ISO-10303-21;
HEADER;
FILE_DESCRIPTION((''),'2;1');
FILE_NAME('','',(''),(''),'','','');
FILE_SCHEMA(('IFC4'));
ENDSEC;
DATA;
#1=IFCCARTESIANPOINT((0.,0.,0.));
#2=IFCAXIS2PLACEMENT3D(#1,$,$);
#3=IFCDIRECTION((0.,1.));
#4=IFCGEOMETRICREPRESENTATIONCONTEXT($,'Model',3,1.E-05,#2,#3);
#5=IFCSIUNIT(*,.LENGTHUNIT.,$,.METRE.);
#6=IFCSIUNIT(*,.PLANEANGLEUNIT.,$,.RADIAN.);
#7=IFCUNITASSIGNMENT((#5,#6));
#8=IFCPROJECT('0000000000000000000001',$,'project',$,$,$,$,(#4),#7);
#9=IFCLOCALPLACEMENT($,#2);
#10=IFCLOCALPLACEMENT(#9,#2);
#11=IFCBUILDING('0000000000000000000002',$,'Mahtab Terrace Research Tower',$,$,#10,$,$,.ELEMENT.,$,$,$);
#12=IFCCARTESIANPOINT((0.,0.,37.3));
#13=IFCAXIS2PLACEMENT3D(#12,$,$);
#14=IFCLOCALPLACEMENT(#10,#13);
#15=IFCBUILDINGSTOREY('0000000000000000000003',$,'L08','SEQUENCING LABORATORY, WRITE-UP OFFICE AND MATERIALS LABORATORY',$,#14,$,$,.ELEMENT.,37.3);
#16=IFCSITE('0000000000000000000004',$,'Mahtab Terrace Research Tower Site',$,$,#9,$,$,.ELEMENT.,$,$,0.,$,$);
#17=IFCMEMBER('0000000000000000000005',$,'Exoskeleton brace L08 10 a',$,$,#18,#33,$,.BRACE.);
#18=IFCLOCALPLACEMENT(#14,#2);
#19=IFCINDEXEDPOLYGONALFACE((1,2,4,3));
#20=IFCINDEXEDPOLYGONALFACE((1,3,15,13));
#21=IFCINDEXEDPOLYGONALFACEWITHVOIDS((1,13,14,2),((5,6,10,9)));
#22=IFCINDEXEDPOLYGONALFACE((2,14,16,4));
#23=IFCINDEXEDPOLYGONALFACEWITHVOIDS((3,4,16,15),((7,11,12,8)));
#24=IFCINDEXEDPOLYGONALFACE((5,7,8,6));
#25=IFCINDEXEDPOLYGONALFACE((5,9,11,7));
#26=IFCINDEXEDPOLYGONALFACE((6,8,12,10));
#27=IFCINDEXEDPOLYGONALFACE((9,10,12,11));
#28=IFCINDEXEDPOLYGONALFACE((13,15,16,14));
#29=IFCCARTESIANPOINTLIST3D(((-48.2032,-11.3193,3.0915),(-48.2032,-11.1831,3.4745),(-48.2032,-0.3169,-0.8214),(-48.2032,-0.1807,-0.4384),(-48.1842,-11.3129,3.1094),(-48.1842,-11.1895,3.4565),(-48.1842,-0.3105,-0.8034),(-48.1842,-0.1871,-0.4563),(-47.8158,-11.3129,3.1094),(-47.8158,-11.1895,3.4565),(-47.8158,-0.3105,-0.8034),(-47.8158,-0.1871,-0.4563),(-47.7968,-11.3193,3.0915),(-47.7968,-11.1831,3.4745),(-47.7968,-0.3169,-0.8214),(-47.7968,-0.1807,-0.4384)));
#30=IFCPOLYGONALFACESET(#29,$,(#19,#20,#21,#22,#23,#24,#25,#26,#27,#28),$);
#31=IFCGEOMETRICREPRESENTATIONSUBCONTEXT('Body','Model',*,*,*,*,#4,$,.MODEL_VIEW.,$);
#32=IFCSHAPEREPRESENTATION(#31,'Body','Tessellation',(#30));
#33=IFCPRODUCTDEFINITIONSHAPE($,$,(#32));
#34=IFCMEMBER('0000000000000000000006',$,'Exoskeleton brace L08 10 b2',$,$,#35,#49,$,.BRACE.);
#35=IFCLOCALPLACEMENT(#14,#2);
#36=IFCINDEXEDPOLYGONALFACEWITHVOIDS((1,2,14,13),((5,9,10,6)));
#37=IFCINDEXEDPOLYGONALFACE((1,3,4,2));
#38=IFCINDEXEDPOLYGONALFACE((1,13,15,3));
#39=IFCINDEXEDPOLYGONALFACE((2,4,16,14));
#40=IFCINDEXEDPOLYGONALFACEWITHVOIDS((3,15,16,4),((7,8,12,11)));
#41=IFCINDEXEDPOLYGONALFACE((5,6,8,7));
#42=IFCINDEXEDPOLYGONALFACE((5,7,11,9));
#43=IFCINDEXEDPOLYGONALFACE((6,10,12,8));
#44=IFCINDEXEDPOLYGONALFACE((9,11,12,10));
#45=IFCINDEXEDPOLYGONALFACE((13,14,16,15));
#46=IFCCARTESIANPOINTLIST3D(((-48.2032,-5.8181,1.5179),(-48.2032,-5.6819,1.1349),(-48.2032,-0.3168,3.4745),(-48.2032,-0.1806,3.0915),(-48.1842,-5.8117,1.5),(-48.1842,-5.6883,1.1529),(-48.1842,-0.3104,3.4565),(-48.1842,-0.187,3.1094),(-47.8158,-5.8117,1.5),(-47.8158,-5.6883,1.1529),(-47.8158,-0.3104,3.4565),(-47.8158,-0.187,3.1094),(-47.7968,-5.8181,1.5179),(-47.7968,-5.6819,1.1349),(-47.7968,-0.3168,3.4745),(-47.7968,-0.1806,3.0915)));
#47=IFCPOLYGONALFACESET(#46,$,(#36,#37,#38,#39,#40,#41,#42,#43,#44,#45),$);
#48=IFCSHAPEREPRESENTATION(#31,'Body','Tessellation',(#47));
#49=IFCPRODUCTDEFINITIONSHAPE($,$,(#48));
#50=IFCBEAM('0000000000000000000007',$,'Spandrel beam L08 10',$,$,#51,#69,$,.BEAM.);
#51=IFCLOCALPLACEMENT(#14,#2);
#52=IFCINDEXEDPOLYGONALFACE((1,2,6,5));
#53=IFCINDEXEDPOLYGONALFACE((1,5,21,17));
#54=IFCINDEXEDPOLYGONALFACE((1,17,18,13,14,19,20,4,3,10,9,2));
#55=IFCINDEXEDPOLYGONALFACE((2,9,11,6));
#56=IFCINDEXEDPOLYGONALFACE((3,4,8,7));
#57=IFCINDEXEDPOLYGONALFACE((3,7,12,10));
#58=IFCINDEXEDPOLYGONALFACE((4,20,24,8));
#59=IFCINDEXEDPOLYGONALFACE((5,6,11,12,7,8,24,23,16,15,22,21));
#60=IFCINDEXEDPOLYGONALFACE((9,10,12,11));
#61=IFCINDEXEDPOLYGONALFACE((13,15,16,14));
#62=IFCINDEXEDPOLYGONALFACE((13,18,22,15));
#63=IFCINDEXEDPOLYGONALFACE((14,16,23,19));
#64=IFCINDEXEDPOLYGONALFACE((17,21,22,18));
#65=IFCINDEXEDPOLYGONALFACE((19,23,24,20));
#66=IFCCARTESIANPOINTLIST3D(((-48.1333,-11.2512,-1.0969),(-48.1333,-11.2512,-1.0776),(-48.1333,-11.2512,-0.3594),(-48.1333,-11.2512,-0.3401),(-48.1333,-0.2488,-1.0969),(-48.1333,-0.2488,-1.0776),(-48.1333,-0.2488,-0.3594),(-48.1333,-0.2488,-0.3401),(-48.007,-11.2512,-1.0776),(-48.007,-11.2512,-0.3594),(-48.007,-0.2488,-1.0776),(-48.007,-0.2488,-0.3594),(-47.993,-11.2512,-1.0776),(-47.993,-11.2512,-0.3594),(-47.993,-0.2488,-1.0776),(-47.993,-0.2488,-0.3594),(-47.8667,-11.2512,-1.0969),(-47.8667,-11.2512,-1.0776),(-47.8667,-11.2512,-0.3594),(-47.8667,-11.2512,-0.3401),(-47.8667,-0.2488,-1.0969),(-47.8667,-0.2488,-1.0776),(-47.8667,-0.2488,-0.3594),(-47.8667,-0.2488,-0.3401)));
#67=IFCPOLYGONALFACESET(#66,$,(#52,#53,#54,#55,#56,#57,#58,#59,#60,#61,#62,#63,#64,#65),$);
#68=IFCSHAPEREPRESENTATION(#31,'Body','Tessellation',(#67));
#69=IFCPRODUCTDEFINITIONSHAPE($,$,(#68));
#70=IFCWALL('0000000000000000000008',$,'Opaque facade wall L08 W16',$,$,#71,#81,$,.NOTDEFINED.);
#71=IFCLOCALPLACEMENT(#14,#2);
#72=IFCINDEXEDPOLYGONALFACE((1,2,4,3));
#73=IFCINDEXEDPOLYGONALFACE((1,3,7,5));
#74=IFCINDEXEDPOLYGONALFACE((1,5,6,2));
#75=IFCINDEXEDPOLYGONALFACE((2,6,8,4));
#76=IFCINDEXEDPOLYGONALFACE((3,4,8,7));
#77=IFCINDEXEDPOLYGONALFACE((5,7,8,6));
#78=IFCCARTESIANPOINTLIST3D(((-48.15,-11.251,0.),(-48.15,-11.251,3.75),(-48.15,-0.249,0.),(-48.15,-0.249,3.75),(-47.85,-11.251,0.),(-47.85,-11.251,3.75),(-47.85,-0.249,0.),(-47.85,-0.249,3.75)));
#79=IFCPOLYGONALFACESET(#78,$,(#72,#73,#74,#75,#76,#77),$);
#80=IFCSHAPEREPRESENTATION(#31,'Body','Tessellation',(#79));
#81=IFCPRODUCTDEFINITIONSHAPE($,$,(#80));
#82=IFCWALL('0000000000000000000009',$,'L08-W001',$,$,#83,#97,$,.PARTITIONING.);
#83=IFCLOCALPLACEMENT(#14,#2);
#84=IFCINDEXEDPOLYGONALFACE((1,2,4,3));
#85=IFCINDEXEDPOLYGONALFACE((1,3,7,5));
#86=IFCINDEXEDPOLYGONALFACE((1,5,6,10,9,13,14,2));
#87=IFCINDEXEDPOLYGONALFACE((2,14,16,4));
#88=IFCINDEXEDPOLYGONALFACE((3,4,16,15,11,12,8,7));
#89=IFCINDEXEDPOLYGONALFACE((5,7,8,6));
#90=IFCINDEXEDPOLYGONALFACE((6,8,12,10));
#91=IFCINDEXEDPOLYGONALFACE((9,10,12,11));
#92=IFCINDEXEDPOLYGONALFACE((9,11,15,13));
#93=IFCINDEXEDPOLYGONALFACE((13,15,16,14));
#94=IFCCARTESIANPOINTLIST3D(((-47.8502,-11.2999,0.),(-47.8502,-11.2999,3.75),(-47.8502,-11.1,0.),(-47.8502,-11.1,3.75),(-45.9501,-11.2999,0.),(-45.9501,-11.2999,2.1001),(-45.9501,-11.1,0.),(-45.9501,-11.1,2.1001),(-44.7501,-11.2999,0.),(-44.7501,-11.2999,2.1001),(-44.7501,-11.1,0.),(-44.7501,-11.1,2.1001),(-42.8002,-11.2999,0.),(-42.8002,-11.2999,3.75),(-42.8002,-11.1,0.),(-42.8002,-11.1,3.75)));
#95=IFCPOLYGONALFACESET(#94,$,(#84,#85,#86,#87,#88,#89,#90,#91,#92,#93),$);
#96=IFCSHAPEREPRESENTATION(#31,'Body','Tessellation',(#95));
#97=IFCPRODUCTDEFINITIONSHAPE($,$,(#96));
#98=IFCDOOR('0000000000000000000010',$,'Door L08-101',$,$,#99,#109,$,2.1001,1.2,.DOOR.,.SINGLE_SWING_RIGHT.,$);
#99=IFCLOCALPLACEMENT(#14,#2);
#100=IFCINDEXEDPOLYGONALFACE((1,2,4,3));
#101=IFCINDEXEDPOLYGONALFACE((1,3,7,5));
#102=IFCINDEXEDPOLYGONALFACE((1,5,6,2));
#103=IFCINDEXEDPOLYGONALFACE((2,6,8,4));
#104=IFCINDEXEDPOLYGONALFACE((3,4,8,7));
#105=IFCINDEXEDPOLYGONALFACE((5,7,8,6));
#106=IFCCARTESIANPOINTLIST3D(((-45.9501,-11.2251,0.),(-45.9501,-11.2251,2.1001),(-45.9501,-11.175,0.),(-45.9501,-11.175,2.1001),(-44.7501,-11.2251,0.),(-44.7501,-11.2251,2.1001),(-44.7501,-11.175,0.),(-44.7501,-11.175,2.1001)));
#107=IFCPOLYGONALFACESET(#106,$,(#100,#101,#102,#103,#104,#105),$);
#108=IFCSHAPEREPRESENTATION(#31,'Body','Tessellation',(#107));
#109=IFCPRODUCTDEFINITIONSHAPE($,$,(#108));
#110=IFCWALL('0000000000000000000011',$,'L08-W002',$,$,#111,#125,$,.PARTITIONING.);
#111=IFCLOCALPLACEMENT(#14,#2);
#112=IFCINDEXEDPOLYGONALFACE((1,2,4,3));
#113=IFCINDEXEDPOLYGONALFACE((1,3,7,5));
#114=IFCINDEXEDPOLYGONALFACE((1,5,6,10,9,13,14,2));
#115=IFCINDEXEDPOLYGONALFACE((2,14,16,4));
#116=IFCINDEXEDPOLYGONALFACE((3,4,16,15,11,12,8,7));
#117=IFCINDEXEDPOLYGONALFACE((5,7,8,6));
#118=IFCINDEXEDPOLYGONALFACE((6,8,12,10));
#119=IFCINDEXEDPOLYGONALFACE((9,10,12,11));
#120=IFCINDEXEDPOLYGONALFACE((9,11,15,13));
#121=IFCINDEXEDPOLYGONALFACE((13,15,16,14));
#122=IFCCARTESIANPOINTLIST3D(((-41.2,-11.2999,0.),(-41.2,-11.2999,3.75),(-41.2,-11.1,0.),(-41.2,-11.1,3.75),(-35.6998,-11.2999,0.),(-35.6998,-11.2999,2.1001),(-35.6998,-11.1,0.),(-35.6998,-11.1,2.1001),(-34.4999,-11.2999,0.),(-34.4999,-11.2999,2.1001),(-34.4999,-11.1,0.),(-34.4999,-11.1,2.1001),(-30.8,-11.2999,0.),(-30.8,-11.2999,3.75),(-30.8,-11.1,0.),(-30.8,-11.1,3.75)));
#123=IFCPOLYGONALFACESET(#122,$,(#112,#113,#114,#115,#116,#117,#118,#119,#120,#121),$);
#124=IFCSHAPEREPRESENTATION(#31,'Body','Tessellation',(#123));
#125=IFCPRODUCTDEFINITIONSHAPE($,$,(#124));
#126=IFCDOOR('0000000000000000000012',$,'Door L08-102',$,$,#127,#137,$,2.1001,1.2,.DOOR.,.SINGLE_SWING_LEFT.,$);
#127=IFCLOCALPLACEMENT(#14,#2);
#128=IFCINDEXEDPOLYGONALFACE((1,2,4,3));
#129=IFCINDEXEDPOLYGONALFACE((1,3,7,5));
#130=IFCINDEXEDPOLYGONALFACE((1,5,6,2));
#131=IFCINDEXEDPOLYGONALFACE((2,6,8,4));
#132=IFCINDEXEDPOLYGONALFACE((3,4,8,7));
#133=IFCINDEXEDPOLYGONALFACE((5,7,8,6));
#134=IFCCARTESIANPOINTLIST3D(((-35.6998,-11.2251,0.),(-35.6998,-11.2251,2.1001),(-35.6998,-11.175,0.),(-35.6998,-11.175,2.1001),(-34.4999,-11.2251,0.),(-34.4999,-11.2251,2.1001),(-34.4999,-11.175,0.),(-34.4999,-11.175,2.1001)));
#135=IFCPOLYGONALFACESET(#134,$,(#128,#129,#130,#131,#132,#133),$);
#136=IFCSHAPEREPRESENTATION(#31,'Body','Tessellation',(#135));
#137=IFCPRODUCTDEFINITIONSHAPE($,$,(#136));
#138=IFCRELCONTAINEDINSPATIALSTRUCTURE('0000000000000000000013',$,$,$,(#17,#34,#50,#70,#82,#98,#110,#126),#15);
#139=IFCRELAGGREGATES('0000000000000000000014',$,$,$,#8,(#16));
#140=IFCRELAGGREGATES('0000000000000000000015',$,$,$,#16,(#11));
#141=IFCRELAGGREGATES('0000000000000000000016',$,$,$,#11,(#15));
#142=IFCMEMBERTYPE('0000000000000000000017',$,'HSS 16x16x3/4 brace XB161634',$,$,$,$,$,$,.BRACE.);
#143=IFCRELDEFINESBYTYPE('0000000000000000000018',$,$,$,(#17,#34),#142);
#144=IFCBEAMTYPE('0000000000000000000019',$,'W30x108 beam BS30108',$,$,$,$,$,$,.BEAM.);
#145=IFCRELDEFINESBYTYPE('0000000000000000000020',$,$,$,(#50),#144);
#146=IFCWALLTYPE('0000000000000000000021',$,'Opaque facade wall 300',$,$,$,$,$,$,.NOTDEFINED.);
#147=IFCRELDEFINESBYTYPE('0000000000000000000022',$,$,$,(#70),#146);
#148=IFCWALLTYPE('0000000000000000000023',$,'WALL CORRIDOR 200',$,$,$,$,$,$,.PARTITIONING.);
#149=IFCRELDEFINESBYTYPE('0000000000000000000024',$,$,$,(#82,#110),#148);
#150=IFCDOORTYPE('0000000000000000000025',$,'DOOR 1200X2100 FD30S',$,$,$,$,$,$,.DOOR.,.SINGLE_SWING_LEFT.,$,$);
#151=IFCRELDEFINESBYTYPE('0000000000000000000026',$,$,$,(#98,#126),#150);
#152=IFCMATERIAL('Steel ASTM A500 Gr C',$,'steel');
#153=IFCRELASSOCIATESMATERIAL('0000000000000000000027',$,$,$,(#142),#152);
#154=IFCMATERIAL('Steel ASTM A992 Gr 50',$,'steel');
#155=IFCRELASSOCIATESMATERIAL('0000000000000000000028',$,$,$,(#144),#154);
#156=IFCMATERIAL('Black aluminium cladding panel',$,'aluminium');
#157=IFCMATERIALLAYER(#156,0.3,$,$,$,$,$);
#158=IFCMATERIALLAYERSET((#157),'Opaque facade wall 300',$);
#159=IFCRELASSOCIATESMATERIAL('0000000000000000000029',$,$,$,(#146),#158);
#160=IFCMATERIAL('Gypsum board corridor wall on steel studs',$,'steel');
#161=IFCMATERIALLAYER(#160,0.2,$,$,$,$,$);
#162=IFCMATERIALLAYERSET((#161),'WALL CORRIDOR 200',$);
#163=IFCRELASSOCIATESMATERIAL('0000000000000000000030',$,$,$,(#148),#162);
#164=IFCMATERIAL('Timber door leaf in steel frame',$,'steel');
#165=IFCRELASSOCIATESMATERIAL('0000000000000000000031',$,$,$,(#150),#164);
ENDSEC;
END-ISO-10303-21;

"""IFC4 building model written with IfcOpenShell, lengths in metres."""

from ifc_helpers import new_model, si_unit, direction, frame, frame_2d, origin, origin_2d, place, context, subcontext, project, spatial, rectangle, hollow_rectangle, i_section, extrude, material, layer, layer_set, material_profile, profile_set, type_object, element, fill, save


model = new_model("IFC4")

# Units and contexts
model_context = context("Model", 3, precision=1e-05, world=origin(), true_north=direction((0.0, 1.0)))
body_context = subcontext(model_context, "Body", "Model", "MODEL_VIEW")
ifc_project = project(units=[si_unit("LENGTHUNIT", "METRE"), si_unit("PLANEANGLEUNIT", "RADIAN")], contexts=[model_context])

# Site, building, storey
site_placement = place(None, origin())
site = spatial("IfcSite", under=ifc_project, at=site_placement, Name="Mahtab Terrace Research Tower Site", CompositionType="ELEMENT", RefElevation=0.0)
building_placement = place(site_placement, origin())
building = spatial("IfcBuilding", under=site, at=building_placement, Name="Mahtab Terrace Research Tower", CompositionType="ELEMENT")
storey_placement = place(building_placement, frame((0.0, 0.0, 37.3)))
storey = spatial("IfcBuildingStorey", under=building, at=storey_placement, Name="L08", Description="SEQUENCING LABORATORY, WRITE-UP OFFICE AND MATERIALS LABORATORY", CompositionType="ELEMENT", Elevation=37.3)

# Members
ifc_material_1 = material(Name="Steel ASTM A500 Gr C", Category="steel")
ifc_material_profile_1 = material_profile(ifc_material_1, hollow_rectangle(XDim=0.4065, YDim=0.4065, WallThickness=0.019, at=origin_2d()), Name="HSS16X16X3/4")
ifc_profile_set_1 = profile_set([ifc_material_profile_1], Name="Steel ASTM A500 Gr C")
member_type = type_object("IfcMemberType", Name="HSS 16x16x3/4 brace XB161634", PredefinedType="BRACE", material=ifc_profile_set_1)
member_1_placement = place(storey_placement, frame((-48.0, -0.2488, -0.6299), z_axis=(0.0, -0.942191, 0.335075), x_axis=(1.0, 0.0, 0.0)))
element("IfcMember", 1, at=member_1_placement, inside=storey, type_object=member_type, Name="Exoskeleton brace L08 10 a", PredefinedType="BRACE", context=body_context, shape_type="SweptSolid", body=[
    extrude(hollow_rectangle(XDim=0.4065, YDim=0.4065, WallThickness=0.019, at=origin_2d()), origin(), (0.0, 0.0, 1.0), 11.6775),
])
member_2_placement = place(storey_placement, frame((-48.0, -5.75, 1.3264), z_axis=(0.0, 0.942185, 0.335094), x_axis=(-1.0, 0.0, 0.0)))
element("IfcMember", 2, at=member_2_placement, inside=storey, type_object=member_type, Name="Exoskeleton brace L08 10 b2", PredefinedType="BRACE", context=body_context, shape_type="SweptSolid", body=[
    extrude(hollow_rectangle(XDim=0.4065, YDim=0.4065, WallThickness=0.019, at=origin_2d()), origin(), (0.0, 0.0, 1.0), 5.8389),
])

# Beam
ifc_material_2 = material(Name="Steel ASTM A992 Gr 50", Category="steel")
ifc_material_profile_2 = material_profile(ifc_material_2, i_section(OverallWidth=0.2666, OverallDepth=0.7568, WebThickness=0.0139, FlangeThickness=0.0193, at=origin_2d()), Name="W30X108")
ifc_profile_set_2 = profile_set([ifc_material_profile_2], Name="Steel ASTM A992 Gr 50")
beam_type = type_object("IfcBeamType", Name="W30x108 beam BS30108", PredefinedType="BEAM", material=ifc_profile_set_2)
beam_placement = place(storey_placement, frame((-48.0, -0.2488, -0.7185), z_axis=(0.0, -1.0, 0.0), x_axis=(1.0, 0.0, 0.0)))
element("IfcBeam", 3, at=beam_placement, inside=storey, type_object=beam_type, Name="Spandrel beam L08 10", PredefinedType="BEAM", context=body_context, shape_type="SweptSolid", body=[
    extrude(i_section(OverallWidth=0.2666, OverallDepth=0.7568, WebThickness=0.0139, FlangeThickness=0.0193, at=origin_2d()), origin(), (0.0, 0.0, 1.0), 11.0024),
])

# Wall
ifc_material_3 = material(Name="Black aluminium cladding panel", Category="aluminium")
ifc_layer_1 = layer(ifc_material_3, 0.3)
ifc_layer_set_1 = layer_set([ifc_layer_1], Name="Opaque facade wall 300")
wall_type_1 = type_object("IfcWallType", Name="Opaque facade wall 300", PredefinedType="NOTDEFINED", material=ifc_layer_set_1)
wall_1_placement = place(storey_placement, frame((-48.0, -0.249, 0.0), z_axis=(0.0, 0.0, 1.0), x_axis=(0.0, -1.0, 0.0)))
element("IfcWall", 4, at=wall_1_placement, inside=storey, type_object=wall_type_1, Name="Opaque facade wall L08 W16", PredefinedType="NOTDEFINED", context=body_context, shape_type="SweptSolid", body=[
    extrude(rectangle(XDim=11.002, YDim=0.3, at=frame_2d((5.501, 0.0))), origin(), (0.0, 0.0, 1.0), 3.75),
])

# Walls, openings, doors
ifc_material_4 = material(Name="Gypsum board corridor wall on steel studs", Category="steel")
ifc_layer_2 = layer(ifc_material_4, 0.2)
ifc_layer_set_2 = layer_set([ifc_layer_2], Name="WALL CORRIDOR 200")
wall_type_2 = type_object("IfcWallType", Name="WALL CORRIDOR 200", PredefinedType="PARTITIONING", material=ifc_layer_set_2)
wall_2_placement = place(storey_placement, frame((-47.8501, -11.2, 0.0), z_axis=(0.0, 0.0, 1.0), x_axis=(1.0, 0.0, 0.0)))
wall_2 = element("IfcWall", 5, at=wall_2_placement, inside=storey, type_object=wall_type_2, Name="L08-W001", PredefinedType="PARTITIONING", context=body_context, shape_type="SweptSolid", body=[
    extrude(rectangle(XDim=5.05, YDim=0.2, at=frame_2d((2.5249, 0.0))), origin(), (0.0, 0.0, 1.0), 3.75),
])
opening_1_placement = place(wall_2_placement, frame((1.8999, 0.0, 0.0)))
opening_1 = element("IfcOpeningElement", 6, at=opening_1_placement, cuts=wall_2, PredefinedType="OPENING", context=body_context, shape_type="SweptSolid", body=[
    extrude(rectangle(XDim=1.2, YDim=2.1001, at=frame_2d((0.6001, 1.05))), frame((0.0, 0.1099, 0.0), z_axis=(0.0, -1.0, 0.0), x_axis=(1.0, 0.0, 0.0)), (0.0, 0.0, 1.0), 0.22),
])
ifc_material_5 = material(Name="Timber door leaf in steel frame", Category="steel")
door_type_1 = type_object("IfcDoorType", Name="DOOR 1200X2100 FD30S", OperationType="SINGLE_SWING_LEFT", PredefinedType="DOOR", material=ifc_material_5)
door_1_placement = place(opening_1_placement, origin())
door_1 = element("IfcDoor", 7, at=door_1_placement, inside=storey, type_object=door_type_1, Name="Door L08-101", OperationType="SINGLE_SWING_RIGHT", OverallHeight=2.1001, OverallWidth=1.2, PredefinedType="DOOR", context=body_context, shape_type="SweptSolid", body=[
    extrude(rectangle(XDim=1.2, YDim=2.1001, at=frame_2d((0.6001, 1.05))), frame((0.0, 0.0249, 0.0), z_axis=(0.0, -1.0, 0.0), x_axis=(1.0, 0.0, 0.0)), (0.0, 0.0, 1.0), 0.05),
])
fill(opening_1, door_1)
wall_3_placement = place(storey_placement, frame((-41.2, -11.2, 0.0), z_axis=(0.0, 0.0, 1.0), x_axis=(1.0, 0.0, 0.0)))
wall_3 = element("IfcWall", 8, at=wall_3_placement, inside=storey, type_object=wall_type_2, Name="L08-W002", PredefinedType="PARTITIONING", context=body_context, shape_type="SweptSolid", body=[
    extrude(rectangle(XDim=10.3999, YDim=0.2, at=frame_2d((5.2, 0.0))), origin(), (0.0, 0.0, 1.0), 3.75),
])
opening_2_placement = place(wall_3_placement, frame((5.5, 0.0, 0.0)))
opening_2 = element("IfcOpeningElement", 9, at=opening_2_placement, cuts=wall_3, PredefinedType="OPENING", context=body_context, shape_type="SweptSolid", body=[
    extrude(rectangle(XDim=1.2, YDim=2.1001, at=frame_2d((0.6001, 1.05))), frame((0.0, 0.1099, 0.0), z_axis=(0.0, -1.0, 0.0), x_axis=(1.0, 0.0, 0.0)), (0.0, 0.0, 1.0), 0.22),
])
door_2_placement = place(opening_2_placement, origin())
door_2 = element("IfcDoor", 10, at=door_2_placement, inside=storey, type_object=door_type_1, Name="Door L08-102", OperationType="SINGLE_SWING_LEFT", OverallHeight=2.1001, OverallWidth=1.2, PredefinedType="DOOR", context=body_context, shape_type="SweptSolid", body=[
    extrude(rectangle(XDim=1.2, YDim=2.1001, at=frame_2d((0.6001, 1.05))), frame((0.0, 0.0249, 0.0), z_axis=(0.0, -1.0, 0.0), x_axis=(1.0, 0.0, 0.0)), (0.0, 0.0, 1.0), 0.05),
])
fill(opening_2, door_2)

save(model, "model.ifc")
